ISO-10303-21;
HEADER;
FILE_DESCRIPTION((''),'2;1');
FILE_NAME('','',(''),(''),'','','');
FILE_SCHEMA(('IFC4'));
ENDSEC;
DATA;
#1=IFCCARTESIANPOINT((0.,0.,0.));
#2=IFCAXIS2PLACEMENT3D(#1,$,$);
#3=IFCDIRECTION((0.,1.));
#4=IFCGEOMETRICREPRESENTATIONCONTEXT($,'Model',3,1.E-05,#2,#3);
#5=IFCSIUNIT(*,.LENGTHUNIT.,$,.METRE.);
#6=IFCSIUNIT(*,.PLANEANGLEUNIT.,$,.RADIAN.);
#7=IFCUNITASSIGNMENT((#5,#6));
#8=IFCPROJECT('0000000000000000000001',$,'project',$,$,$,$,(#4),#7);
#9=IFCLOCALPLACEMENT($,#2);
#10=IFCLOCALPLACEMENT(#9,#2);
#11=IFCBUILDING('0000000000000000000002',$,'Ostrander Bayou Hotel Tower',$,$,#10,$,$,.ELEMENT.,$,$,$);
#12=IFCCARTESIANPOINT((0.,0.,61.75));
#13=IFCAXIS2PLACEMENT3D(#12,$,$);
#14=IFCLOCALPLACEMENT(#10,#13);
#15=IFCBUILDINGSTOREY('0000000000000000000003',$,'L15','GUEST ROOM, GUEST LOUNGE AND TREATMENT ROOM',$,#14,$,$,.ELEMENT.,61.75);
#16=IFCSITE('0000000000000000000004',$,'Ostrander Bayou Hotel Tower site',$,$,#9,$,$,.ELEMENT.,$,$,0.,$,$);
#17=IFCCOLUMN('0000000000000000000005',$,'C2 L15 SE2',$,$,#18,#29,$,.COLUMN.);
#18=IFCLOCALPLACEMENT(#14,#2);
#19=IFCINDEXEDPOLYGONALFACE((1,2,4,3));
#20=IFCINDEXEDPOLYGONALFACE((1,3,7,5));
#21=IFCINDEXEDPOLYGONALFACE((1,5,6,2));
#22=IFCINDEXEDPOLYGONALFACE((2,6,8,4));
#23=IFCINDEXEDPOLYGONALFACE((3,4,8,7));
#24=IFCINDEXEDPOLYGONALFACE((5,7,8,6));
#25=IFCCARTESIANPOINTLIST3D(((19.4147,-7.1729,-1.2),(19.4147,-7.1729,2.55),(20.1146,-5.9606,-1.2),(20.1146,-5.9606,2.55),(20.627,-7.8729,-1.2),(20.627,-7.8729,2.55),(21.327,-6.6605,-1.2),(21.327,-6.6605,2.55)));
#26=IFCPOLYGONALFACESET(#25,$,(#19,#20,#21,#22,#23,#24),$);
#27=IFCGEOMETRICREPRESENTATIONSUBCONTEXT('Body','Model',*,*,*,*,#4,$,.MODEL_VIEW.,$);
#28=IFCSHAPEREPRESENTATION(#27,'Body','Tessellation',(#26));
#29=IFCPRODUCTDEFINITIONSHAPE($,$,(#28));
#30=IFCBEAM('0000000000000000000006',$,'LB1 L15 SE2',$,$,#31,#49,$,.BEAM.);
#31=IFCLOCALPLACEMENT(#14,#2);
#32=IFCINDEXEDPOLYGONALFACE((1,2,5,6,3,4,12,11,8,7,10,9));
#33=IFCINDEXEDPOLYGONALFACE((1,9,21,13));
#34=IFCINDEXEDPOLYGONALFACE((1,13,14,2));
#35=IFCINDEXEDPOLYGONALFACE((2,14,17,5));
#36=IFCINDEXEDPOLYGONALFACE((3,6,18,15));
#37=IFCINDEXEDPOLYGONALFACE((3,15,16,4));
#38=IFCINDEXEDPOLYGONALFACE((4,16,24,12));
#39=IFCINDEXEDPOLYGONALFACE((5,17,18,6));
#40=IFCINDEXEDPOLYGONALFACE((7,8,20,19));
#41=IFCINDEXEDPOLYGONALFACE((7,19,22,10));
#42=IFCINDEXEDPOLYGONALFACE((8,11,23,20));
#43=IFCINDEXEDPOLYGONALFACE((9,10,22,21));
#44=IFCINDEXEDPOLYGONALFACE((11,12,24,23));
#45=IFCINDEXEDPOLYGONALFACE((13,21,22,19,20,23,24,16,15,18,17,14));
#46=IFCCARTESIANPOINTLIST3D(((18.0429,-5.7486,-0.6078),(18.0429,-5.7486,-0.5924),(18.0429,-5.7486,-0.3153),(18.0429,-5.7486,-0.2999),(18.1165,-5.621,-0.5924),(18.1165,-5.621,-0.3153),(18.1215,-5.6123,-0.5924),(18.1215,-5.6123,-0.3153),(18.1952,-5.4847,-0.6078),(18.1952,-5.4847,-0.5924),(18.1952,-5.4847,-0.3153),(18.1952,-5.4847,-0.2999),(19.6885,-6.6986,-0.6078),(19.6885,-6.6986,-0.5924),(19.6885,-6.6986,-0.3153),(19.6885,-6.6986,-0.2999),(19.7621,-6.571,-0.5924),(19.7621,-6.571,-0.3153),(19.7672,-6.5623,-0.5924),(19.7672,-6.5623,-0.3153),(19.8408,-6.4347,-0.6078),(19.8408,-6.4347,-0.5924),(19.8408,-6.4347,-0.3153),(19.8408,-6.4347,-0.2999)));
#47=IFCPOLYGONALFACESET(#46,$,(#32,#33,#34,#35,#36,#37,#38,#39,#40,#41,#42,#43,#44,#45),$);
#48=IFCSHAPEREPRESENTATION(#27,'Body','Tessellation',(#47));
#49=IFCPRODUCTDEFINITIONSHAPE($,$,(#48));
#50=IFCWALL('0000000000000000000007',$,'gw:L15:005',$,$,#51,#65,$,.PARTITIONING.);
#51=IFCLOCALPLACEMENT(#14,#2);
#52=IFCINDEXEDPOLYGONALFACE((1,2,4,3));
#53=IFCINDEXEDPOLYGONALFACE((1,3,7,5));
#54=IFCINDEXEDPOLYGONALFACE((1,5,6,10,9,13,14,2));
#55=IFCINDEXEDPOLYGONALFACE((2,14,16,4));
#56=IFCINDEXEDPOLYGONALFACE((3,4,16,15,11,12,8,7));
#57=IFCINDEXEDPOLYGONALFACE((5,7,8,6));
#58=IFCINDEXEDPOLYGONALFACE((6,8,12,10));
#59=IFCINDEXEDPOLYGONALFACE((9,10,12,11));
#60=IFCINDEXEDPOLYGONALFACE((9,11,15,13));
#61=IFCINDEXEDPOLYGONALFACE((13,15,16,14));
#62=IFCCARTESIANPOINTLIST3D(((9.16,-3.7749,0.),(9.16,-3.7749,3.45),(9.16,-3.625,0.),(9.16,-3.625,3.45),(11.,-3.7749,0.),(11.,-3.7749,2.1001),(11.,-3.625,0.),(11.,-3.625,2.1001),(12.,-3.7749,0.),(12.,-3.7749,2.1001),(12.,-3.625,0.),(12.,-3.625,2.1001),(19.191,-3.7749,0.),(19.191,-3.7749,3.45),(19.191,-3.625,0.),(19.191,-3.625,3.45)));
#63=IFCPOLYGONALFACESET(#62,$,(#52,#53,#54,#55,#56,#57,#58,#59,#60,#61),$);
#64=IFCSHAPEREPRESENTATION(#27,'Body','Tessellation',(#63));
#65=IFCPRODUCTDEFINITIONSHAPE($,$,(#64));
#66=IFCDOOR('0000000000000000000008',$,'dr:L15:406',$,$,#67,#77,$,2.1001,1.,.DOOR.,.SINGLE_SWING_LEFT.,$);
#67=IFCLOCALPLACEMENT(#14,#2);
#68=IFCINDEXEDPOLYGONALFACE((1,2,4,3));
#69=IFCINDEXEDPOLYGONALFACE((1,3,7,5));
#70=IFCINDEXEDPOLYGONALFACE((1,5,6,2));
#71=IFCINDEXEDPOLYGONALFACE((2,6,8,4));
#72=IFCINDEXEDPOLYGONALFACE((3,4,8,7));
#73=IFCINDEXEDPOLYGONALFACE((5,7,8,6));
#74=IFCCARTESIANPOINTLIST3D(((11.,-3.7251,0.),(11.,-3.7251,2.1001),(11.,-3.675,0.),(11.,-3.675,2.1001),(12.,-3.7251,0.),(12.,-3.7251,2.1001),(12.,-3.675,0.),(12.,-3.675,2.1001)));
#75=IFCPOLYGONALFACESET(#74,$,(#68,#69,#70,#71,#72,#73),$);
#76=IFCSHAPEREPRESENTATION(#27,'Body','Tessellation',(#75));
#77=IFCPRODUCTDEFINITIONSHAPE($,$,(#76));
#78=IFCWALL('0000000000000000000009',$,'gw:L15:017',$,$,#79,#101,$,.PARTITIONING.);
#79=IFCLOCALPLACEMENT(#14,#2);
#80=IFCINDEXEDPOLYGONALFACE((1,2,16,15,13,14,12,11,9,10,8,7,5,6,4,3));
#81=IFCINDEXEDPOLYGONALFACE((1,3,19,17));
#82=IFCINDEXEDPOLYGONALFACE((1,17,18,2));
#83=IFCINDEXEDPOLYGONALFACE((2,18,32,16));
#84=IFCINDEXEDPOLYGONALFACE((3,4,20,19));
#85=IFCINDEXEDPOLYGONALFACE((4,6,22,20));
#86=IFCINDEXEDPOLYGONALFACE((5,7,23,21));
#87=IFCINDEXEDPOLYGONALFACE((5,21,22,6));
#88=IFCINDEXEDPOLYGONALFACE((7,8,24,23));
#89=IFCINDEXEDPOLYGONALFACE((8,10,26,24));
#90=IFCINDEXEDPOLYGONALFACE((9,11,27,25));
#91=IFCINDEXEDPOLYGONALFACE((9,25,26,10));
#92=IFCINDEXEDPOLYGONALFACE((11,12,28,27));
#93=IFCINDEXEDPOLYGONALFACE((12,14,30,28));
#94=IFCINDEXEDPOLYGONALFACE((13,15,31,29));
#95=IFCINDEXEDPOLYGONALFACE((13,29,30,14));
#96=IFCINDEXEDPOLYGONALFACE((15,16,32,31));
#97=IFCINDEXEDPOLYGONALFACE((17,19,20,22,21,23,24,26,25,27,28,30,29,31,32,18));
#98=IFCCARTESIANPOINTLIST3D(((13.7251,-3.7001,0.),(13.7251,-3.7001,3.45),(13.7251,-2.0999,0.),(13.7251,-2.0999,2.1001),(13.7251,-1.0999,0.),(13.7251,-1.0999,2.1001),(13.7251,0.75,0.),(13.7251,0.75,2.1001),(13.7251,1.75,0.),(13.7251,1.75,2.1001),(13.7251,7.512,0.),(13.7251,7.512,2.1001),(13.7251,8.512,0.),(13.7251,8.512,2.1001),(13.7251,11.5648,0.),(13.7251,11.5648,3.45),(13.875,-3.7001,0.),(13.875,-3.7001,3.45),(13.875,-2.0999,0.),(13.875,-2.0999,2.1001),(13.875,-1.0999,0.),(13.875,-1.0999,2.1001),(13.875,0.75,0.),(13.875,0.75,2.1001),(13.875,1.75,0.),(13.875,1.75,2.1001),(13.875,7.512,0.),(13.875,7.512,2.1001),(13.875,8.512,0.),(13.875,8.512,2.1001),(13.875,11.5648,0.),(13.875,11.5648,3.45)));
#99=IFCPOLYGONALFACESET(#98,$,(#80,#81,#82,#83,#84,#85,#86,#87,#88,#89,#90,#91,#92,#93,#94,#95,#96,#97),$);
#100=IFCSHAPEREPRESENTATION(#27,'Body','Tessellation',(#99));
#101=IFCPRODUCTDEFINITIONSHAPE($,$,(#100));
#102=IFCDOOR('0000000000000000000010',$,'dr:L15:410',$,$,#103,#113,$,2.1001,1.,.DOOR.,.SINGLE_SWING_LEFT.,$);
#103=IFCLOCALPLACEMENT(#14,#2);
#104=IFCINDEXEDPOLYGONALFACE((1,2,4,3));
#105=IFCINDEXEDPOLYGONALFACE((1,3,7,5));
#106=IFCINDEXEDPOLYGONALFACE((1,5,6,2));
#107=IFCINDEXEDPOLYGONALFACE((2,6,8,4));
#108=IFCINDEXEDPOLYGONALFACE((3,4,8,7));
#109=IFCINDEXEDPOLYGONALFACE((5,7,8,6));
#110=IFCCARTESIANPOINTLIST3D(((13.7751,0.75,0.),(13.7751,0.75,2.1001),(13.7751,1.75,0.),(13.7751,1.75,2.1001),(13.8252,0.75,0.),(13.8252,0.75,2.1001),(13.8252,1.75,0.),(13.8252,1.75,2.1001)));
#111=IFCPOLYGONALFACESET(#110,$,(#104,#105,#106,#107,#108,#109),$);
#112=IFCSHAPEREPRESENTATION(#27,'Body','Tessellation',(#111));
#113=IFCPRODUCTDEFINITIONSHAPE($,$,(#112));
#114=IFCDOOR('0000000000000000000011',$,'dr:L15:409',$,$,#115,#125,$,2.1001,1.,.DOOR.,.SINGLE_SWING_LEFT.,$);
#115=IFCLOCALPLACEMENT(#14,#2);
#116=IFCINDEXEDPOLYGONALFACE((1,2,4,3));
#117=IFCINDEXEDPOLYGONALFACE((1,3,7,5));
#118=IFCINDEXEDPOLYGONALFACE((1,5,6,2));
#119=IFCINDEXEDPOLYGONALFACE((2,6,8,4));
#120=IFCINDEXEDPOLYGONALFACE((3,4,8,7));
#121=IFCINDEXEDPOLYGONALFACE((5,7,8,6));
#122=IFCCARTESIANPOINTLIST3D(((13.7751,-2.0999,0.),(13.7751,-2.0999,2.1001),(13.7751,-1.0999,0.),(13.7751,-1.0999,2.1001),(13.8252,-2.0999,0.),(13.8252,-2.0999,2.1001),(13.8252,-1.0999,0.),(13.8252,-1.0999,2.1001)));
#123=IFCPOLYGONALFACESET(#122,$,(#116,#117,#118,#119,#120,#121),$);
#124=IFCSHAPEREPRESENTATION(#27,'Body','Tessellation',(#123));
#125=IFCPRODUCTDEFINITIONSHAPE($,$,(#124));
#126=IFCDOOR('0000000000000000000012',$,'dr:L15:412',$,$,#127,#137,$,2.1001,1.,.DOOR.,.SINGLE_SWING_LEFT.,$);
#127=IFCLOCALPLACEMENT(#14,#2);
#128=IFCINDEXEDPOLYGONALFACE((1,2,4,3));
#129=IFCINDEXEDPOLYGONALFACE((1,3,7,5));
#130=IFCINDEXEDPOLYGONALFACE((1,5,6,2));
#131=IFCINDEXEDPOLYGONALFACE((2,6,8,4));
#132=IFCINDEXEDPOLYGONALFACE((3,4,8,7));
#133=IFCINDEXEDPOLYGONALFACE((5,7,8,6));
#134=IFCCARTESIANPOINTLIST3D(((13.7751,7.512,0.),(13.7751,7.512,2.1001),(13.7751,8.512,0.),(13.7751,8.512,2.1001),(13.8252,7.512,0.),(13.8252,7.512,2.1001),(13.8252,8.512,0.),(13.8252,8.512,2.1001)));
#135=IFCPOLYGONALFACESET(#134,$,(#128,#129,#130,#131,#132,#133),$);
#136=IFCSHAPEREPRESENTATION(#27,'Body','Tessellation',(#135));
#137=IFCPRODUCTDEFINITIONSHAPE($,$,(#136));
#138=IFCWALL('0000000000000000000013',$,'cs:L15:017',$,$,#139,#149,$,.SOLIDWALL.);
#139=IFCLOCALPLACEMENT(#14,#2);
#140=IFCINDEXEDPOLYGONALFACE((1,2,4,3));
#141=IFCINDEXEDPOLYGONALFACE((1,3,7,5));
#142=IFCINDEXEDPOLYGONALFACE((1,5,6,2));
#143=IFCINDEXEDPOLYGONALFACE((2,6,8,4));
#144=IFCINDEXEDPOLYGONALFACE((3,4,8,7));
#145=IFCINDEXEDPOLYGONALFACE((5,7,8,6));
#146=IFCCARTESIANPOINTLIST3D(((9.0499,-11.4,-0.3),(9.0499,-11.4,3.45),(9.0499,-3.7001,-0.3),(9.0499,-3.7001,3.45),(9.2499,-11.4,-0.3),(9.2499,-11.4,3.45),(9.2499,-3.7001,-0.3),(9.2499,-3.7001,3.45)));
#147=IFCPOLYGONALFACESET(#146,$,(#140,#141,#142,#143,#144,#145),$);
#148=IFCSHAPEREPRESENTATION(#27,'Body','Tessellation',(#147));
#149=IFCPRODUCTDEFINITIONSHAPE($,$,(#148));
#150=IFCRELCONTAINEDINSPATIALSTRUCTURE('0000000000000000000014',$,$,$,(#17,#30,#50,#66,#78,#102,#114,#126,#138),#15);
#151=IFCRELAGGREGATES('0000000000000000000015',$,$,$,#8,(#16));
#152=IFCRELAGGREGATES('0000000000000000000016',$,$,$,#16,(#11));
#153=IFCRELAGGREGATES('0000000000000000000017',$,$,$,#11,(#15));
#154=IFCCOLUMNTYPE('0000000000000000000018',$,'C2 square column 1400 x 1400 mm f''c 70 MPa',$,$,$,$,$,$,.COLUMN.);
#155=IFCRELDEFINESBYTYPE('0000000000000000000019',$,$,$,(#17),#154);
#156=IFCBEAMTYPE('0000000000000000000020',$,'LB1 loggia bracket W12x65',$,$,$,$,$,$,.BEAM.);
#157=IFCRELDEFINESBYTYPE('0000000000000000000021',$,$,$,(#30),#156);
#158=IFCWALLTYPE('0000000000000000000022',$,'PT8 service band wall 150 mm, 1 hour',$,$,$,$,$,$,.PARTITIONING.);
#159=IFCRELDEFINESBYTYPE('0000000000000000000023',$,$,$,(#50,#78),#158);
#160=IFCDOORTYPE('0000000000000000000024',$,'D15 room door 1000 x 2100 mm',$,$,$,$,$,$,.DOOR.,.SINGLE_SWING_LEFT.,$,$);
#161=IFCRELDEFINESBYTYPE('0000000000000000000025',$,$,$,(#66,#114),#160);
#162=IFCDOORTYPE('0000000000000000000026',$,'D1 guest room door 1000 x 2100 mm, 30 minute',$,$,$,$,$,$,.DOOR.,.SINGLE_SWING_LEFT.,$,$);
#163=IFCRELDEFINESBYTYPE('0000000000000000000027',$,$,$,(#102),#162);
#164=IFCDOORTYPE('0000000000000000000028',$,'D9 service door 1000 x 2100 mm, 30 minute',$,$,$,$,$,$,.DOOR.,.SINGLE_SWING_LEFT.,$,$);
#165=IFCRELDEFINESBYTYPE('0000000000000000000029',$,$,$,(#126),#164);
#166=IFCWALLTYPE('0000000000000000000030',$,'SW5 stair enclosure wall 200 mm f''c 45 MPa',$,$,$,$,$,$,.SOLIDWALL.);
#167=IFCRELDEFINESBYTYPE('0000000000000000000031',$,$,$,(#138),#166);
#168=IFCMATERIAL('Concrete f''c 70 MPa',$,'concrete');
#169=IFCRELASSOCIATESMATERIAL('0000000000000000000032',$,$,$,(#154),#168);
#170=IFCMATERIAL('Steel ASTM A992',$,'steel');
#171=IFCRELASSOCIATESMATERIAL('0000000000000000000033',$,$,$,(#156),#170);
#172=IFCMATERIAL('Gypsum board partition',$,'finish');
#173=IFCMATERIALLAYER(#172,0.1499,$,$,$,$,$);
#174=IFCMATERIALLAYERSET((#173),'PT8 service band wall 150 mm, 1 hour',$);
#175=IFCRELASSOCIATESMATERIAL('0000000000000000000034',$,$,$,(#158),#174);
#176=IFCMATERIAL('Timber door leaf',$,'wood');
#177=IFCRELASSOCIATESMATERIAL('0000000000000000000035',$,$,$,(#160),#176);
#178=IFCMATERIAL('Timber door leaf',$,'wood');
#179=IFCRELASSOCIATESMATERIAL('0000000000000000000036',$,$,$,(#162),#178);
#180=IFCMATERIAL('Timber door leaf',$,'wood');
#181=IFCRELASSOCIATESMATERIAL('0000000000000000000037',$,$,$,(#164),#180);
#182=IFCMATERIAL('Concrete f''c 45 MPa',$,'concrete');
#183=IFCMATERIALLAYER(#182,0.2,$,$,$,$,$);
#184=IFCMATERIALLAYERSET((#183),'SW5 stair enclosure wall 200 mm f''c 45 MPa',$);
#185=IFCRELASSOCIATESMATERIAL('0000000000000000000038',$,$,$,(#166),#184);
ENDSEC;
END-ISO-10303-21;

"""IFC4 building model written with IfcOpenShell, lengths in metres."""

from ifc_helpers import new_model, si_unit, direction, frame, frame_2d, origin, origin_2d, place, context, subcontext, project, spatial, rectangle, i_section, extrude, material, layer, layer_set, material_profile, profile_set, type_object, element, fill, save


model = new_model("IFC4")

# Units and contexts
model_context = context("Model", 3, precision=1e-05, world=origin(), true_north=direction((0.0, 1.0)))
body_context = subcontext(model_context, "Body", "Model", "MODEL_VIEW")
ifc_project = project(units=[si_unit("LENGTHUNIT", "METRE"), si_unit("PLANEANGLEUNIT", "RADIAN")], contexts=[model_context])

# Site, building, storey
site_placement = place(None, origin())
site = spatial("IfcSite", under=ifc_project, at=site_placement, Name="Ostrander Bayou Hotel Tower site", CompositionType="ELEMENT", RefElevation=0.0)
building_placement = place(site_placement, origin())
building = spatial("IfcBuilding", under=site, at=building_placement, Name="Ostrander Bayou Hotel Tower", CompositionType="ELEMENT")
storey_placement = place(building_placement, frame((0.0, 0.0, 61.75)))
storey = spatial("IfcBuildingStorey", under=building, at=storey_placement, Name="L15", Description="GUEST ROOM, GUEST LOUNGE AND TREATMENT ROOM", CompositionType="ELEMENT", Elevation=61.75)

# Column
ifc_material_1 = material(Name="Concrete f'c 70 MPa", Category="concrete")
ifc_material_profile_1 = material_profile(ifc_material_1, rectangle(XDim=1.3999, YDim=1.3999, at=origin_2d()))
ifc_profile_set_1 = profile_set([ifc_material_profile_1], Name="Concrete f'c 70 MPa")
column_type = type_object("IfcColumnType", Name="C2 square column 1400 x 1400 mm f'c 70 MPa", PredefinedType="COLUMN", material=ifc_profile_set_1)
column_placement = place(storey_placement, frame((20.3708, -6.9167, -1.2), z_axis=(0.0, 0.0, 1.0), x_axis=(-0.5, -0.866025, 0.0)))
element("IfcColumn", 1, at=column_placement, inside=storey, type_object=column_type, Name="C2 L15 SE2", PredefinedType="COLUMN", context=body_context, shape_type="SweptSolid", body=[
    extrude(rectangle(XDim=1.3999, YDim=1.3999, at=origin_2d()), origin(), (0.0, 0.0, 1.0), 3.75),
])

# Beam
ifc_material_2 = material(Name="Steel ASTM A992", Category="steel")
ifc_material_profile_2 = material_profile(ifc_material_2, i_section(OverallWidth=0.3047, OverallDepth=0.3079, WebThickness=0.01, FlangeThickness=0.0154, at=origin_2d()))
ifc_profile_set_2 = profile_set([ifc_material_profile_2], Name="Steel ASTM A992")
beam_type = type_object("IfcBeamType", Name="LB1 loggia bracket W12x65", PredefinedType="BEAM", material=ifc_profile_set_2)
beam_placement = place(storey_placement, frame((19.7646, -6.5667, -0.4539), z_axis=(-0.866044, 0.499967, 0.0), x_axis=(-0.499967, -0.866044, 0.0)))
element("IfcBeam", 2, at=beam_placement, inside=storey, type_object=beam_type, Name="LB1 L15 SE2", PredefinedType="BEAM", context=body_context, shape_type="SweptSolid", body=[
    extrude(i_section(OverallWidth=0.3047, OverallDepth=0.3079, WebThickness=0.01, FlangeThickness=0.0154, at=origin_2d()), origin(), (0.0, 0.0, 1.0), 1.9001),
])

# Wall, opening, door
ifc_material_3 = material(Name="Gypsum board partition", Category="finish")
ifc_layer_1 = layer(ifc_material_3, 0.1499)
ifc_layer_set_1 = layer_set([ifc_layer_1], Name="PT8 service band wall 150 mm, 1 hour")
wall_type_1 = type_object("IfcWallType", Name="PT8 service band wall 150 mm, 1 hour", PredefinedType="PARTITIONING", material=ifc_layer_set_1)
wall_1_placement = place(storey_placement, frame((9.1599, -3.7, 0.0), z_axis=(0.0, 0.0, 1.0), x_axis=(1.0, 0.0, 0.0)))
wall_1 = element("IfcWall", 3, at=wall_1_placement, inside=storey, type_object=wall_type_1, Name="gw:L15:005", PredefinedType="PARTITIONING", context=body_context, shape_type="SweptSolid", body=[
    extrude(rectangle(XDim=10.031, YDim=0.1499, at=frame_2d((5.0156, 0.0))), origin(), (0.0, 0.0, 1.0), 3.45),
])
opening_1_placement = place(wall_1_placement, frame((1.8401, 0.0, 0.0)))
opening_1 = element("IfcOpeningElement", 4, at=opening_1_placement, cuts=wall_1, PredefinedType="OPENING", context=body_context, shape_type="SweptSolid", body=[
    extrude(rectangle(XDim=1.0, YDim=2.1001, at=frame_2d((0.5, 1.05))), frame((0.0, 0.075, 0.0), z_axis=(0.0, -1.0, 0.0), x_axis=(1.0, 0.0, 0.0)), (0.0, 0.0, 1.0), 0.1499),
])
ifc_material_4 = material(Name="Timber door leaf", Category="wood")
door_type_1 = type_object("IfcDoorType", Name="D15 room door 1000 x 2100 mm", OperationType="SINGLE_SWING_LEFT", PredefinedType="DOOR", material=ifc_material_4)
door_1_placement = place(opening_1_placement, origin())
door_1 = element("IfcDoor", 5, at=door_1_placement, inside=storey, type_object=door_type_1, Name="dr:L15:406", OperationType="SINGLE_SWING_LEFT", OverallHeight=2.1001, OverallWidth=1.0, PredefinedType="DOOR", context=body_context, shape_type="SweptSolid", body=[
    extrude(rectangle(XDim=1.0, YDim=2.1001, at=frame_2d((0.5, 1.05))), frame((0.0, 0.0249, 0.0), z_axis=(0.0, -1.0, 0.0), x_axis=(1.0, 0.0, 0.0)), (0.0, 0.0, 1.0), 0.05),
])
fill(opening_1, door_1)

# Wall, openings, doors
wall_2_placement = place(storey_placement, frame((13.8, -3.7, 0.0), z_axis=(0.0, 0.0, 1.0), x_axis=(0.0, 1.0, 0.0)))
wall_2 = element("IfcWall", 6, at=wall_2_placement, inside=storey, type_object=wall_type_1, Name="gw:L15:017", PredefinedType="PARTITIONING", context=body_context, shape_type="SweptSolid", body=[
    extrude(rectangle(XDim=15.2649, YDim=0.1499, at=frame_2d((7.6323, 0.0))), origin(), (0.0, 0.0, 1.0), 3.45),
])
opening_2_placement = place(wall_2_placement, frame((1.6001, 0.0, 0.0)))
opening_2 = element("IfcOpeningElement", 7, at=opening_2_placement, cuts=wall_2, PredefinedType="OPENING", context=body_context, shape_type="SweptSolid", body=[
    extrude(rectangle(XDim=1.0, YDim=2.1001, at=frame_2d((0.5, 1.05))), frame((0.0, 0.075, 0.0), z_axis=(0.0, -1.0, 0.0), x_axis=(1.0, 0.0, 0.0)), (0.0, 0.0, 1.0), 0.1499),
])
opening_3_placement = place(wall_2_placement, frame((4.45, 0.0, 0.0)))
opening_3 = element("IfcOpeningElement", 8, at=opening_3_placement, cuts=wall_2, PredefinedType="OPENING", context=body_context, shape_type="SweptSolid", body=[
    extrude(rectangle(XDim=1.0, YDim=2.1001, at=frame_2d((0.5, 1.05))), frame((0.0, 0.075, 0.0), z_axis=(0.0, -1.0, 0.0), x_axis=(1.0, 0.0, 0.0)), (0.0, 0.0, 1.0), 0.1499),
])
opening_4_placement = place(wall_2_placement, frame((11.2119, 0.0, 0.0)))
opening_4 = element("IfcOpeningElement", 9, at=opening_4_placement, cuts=wall_2, PredefinedType="OPENING", context=body_context, shape_type="SweptSolid", body=[
    extrude(rectangle(XDim=1.0, YDim=2.1001, at=frame_2d((0.5, 1.05))), frame((0.0, 0.075, 0.0), z_axis=(0.0, -1.0, 0.0), x_axis=(1.0, 0.0, 0.0)), (0.0, 0.0, 1.0), 0.1499),
])
ifc_material_5 = material(Name="Timber door leaf", Category="wood")
door_type_2 = type_object("IfcDoorType", Name="D1 guest room door 1000 x 2100 mm, 30 minute", OperationType="SINGLE_SWING_LEFT", PredefinedType="DOOR", material=ifc_material_5)
door_2_placement = place(opening_3_placement, origin())
door_2 = element("IfcDoor", 10, at=door_2_placement, inside=storey, type_object=door_type_2, Name="dr:L15:410", OperationType="SINGLE_SWING_LEFT", OverallHeight=2.1001, OverallWidth=1.0, PredefinedType="DOOR", context=body_context, shape_type="SweptSolid", body=[
    extrude(rectangle(XDim=1.0, YDim=2.1001, at=frame_2d((0.5, 1.05))), frame((0.0, 0.0249, 0.0), z_axis=(0.0, -1.0, 0.0), x_axis=(1.0, 0.0, 0.0)), (0.0, 0.0, 1.0), 0.05),
])
fill(opening_3, door_2)
door_3_placement = place(opening_2_placement, origin())
door_3 = element("IfcDoor", 11, at=door_3_placement, inside=storey, type_object=door_type_1, Name="dr:L15:409", OperationType="SINGLE_SWING_LEFT", OverallHeight=2.1001, OverallWidth=1.0, PredefinedType="DOOR", context=body_context, shape_type="SweptSolid", body=[
    extrude(rectangle(XDim=1.0, YDim=2.1001, at=frame_2d((0.5, 1.05))), frame((0.0, 0.0249, 0.0), z_axis=(0.0, -1.0, 0.0), x_axis=(1.0, 0.0, 0.0)), (0.0, 0.0, 1.0), 0.05),
])
fill(opening_2, door_3)
ifc_material_6 = material(Name="Timber door leaf", Category="wood")
door_type_3 = type_object("IfcDoorType", Name="D9 service door 1000 x 2100 mm, 30 minute", OperationType="SINGLE_SWING_LEFT", PredefinedType="DOOR", material=ifc_material_6)
door_4_placement = place(opening_4_placement, origin())
door_4 = element("IfcDoor", 12, at=door_4_placement, inside=storey, type_object=door_type_3, Name="dr:L15:412", OperationType="SINGLE_SWING_LEFT", OverallHeight=2.1001, OverallWidth=1.0, PredefinedType="DOOR", context=body_context, shape_type="SweptSolid", body=[
    extrude(rectangle(XDim=1.0, YDim=2.1001, at=frame_2d((0.5, 1.05))), frame((0.0, 0.0249, 0.0), z_axis=(0.0, -1.0, 0.0), x_axis=(1.0, 0.0, 0.0)), (0.0, 0.0, 1.0), 0.05),
])
fill(opening_4, door_4)

# Wall
ifc_material_7 = material(Name="Concrete f'c 45 MPa", Category="concrete")
ifc_layer_2 = layer(ifc_material_7, 0.2)
ifc_layer_set_2 = layer_set([ifc_layer_2], Name="SW5 stair enclosure wall 200 mm f'c 45 MPa")
wall_type_2 = type_object("IfcWallType", Name="SW5 stair enclosure wall 200 mm f'c 45 MPa", PredefinedType="SOLIDWALL", material=ifc_layer_set_2)
wall_3_placement = place(storey_placement, frame((9.1499, -3.7, -0.3), z_axis=(0.0, 0.0, 1.0), x_axis=(0.0, -1.0, 0.0)))
element("IfcWall", 13, at=wall_3_placement, inside=storey, type_object=wall_type_2, Name="cs:L15:017", PredefinedType="SOLIDWALL", context=body_context, shape_type="SweptSolid", body=[
    extrude(rectangle(XDim=7.7, YDim=0.2, at=frame_2d((3.8501, 0.0))), origin(), (0.0, 0.0, 1.0), 3.75),
])

save(model, "model.ifc")
